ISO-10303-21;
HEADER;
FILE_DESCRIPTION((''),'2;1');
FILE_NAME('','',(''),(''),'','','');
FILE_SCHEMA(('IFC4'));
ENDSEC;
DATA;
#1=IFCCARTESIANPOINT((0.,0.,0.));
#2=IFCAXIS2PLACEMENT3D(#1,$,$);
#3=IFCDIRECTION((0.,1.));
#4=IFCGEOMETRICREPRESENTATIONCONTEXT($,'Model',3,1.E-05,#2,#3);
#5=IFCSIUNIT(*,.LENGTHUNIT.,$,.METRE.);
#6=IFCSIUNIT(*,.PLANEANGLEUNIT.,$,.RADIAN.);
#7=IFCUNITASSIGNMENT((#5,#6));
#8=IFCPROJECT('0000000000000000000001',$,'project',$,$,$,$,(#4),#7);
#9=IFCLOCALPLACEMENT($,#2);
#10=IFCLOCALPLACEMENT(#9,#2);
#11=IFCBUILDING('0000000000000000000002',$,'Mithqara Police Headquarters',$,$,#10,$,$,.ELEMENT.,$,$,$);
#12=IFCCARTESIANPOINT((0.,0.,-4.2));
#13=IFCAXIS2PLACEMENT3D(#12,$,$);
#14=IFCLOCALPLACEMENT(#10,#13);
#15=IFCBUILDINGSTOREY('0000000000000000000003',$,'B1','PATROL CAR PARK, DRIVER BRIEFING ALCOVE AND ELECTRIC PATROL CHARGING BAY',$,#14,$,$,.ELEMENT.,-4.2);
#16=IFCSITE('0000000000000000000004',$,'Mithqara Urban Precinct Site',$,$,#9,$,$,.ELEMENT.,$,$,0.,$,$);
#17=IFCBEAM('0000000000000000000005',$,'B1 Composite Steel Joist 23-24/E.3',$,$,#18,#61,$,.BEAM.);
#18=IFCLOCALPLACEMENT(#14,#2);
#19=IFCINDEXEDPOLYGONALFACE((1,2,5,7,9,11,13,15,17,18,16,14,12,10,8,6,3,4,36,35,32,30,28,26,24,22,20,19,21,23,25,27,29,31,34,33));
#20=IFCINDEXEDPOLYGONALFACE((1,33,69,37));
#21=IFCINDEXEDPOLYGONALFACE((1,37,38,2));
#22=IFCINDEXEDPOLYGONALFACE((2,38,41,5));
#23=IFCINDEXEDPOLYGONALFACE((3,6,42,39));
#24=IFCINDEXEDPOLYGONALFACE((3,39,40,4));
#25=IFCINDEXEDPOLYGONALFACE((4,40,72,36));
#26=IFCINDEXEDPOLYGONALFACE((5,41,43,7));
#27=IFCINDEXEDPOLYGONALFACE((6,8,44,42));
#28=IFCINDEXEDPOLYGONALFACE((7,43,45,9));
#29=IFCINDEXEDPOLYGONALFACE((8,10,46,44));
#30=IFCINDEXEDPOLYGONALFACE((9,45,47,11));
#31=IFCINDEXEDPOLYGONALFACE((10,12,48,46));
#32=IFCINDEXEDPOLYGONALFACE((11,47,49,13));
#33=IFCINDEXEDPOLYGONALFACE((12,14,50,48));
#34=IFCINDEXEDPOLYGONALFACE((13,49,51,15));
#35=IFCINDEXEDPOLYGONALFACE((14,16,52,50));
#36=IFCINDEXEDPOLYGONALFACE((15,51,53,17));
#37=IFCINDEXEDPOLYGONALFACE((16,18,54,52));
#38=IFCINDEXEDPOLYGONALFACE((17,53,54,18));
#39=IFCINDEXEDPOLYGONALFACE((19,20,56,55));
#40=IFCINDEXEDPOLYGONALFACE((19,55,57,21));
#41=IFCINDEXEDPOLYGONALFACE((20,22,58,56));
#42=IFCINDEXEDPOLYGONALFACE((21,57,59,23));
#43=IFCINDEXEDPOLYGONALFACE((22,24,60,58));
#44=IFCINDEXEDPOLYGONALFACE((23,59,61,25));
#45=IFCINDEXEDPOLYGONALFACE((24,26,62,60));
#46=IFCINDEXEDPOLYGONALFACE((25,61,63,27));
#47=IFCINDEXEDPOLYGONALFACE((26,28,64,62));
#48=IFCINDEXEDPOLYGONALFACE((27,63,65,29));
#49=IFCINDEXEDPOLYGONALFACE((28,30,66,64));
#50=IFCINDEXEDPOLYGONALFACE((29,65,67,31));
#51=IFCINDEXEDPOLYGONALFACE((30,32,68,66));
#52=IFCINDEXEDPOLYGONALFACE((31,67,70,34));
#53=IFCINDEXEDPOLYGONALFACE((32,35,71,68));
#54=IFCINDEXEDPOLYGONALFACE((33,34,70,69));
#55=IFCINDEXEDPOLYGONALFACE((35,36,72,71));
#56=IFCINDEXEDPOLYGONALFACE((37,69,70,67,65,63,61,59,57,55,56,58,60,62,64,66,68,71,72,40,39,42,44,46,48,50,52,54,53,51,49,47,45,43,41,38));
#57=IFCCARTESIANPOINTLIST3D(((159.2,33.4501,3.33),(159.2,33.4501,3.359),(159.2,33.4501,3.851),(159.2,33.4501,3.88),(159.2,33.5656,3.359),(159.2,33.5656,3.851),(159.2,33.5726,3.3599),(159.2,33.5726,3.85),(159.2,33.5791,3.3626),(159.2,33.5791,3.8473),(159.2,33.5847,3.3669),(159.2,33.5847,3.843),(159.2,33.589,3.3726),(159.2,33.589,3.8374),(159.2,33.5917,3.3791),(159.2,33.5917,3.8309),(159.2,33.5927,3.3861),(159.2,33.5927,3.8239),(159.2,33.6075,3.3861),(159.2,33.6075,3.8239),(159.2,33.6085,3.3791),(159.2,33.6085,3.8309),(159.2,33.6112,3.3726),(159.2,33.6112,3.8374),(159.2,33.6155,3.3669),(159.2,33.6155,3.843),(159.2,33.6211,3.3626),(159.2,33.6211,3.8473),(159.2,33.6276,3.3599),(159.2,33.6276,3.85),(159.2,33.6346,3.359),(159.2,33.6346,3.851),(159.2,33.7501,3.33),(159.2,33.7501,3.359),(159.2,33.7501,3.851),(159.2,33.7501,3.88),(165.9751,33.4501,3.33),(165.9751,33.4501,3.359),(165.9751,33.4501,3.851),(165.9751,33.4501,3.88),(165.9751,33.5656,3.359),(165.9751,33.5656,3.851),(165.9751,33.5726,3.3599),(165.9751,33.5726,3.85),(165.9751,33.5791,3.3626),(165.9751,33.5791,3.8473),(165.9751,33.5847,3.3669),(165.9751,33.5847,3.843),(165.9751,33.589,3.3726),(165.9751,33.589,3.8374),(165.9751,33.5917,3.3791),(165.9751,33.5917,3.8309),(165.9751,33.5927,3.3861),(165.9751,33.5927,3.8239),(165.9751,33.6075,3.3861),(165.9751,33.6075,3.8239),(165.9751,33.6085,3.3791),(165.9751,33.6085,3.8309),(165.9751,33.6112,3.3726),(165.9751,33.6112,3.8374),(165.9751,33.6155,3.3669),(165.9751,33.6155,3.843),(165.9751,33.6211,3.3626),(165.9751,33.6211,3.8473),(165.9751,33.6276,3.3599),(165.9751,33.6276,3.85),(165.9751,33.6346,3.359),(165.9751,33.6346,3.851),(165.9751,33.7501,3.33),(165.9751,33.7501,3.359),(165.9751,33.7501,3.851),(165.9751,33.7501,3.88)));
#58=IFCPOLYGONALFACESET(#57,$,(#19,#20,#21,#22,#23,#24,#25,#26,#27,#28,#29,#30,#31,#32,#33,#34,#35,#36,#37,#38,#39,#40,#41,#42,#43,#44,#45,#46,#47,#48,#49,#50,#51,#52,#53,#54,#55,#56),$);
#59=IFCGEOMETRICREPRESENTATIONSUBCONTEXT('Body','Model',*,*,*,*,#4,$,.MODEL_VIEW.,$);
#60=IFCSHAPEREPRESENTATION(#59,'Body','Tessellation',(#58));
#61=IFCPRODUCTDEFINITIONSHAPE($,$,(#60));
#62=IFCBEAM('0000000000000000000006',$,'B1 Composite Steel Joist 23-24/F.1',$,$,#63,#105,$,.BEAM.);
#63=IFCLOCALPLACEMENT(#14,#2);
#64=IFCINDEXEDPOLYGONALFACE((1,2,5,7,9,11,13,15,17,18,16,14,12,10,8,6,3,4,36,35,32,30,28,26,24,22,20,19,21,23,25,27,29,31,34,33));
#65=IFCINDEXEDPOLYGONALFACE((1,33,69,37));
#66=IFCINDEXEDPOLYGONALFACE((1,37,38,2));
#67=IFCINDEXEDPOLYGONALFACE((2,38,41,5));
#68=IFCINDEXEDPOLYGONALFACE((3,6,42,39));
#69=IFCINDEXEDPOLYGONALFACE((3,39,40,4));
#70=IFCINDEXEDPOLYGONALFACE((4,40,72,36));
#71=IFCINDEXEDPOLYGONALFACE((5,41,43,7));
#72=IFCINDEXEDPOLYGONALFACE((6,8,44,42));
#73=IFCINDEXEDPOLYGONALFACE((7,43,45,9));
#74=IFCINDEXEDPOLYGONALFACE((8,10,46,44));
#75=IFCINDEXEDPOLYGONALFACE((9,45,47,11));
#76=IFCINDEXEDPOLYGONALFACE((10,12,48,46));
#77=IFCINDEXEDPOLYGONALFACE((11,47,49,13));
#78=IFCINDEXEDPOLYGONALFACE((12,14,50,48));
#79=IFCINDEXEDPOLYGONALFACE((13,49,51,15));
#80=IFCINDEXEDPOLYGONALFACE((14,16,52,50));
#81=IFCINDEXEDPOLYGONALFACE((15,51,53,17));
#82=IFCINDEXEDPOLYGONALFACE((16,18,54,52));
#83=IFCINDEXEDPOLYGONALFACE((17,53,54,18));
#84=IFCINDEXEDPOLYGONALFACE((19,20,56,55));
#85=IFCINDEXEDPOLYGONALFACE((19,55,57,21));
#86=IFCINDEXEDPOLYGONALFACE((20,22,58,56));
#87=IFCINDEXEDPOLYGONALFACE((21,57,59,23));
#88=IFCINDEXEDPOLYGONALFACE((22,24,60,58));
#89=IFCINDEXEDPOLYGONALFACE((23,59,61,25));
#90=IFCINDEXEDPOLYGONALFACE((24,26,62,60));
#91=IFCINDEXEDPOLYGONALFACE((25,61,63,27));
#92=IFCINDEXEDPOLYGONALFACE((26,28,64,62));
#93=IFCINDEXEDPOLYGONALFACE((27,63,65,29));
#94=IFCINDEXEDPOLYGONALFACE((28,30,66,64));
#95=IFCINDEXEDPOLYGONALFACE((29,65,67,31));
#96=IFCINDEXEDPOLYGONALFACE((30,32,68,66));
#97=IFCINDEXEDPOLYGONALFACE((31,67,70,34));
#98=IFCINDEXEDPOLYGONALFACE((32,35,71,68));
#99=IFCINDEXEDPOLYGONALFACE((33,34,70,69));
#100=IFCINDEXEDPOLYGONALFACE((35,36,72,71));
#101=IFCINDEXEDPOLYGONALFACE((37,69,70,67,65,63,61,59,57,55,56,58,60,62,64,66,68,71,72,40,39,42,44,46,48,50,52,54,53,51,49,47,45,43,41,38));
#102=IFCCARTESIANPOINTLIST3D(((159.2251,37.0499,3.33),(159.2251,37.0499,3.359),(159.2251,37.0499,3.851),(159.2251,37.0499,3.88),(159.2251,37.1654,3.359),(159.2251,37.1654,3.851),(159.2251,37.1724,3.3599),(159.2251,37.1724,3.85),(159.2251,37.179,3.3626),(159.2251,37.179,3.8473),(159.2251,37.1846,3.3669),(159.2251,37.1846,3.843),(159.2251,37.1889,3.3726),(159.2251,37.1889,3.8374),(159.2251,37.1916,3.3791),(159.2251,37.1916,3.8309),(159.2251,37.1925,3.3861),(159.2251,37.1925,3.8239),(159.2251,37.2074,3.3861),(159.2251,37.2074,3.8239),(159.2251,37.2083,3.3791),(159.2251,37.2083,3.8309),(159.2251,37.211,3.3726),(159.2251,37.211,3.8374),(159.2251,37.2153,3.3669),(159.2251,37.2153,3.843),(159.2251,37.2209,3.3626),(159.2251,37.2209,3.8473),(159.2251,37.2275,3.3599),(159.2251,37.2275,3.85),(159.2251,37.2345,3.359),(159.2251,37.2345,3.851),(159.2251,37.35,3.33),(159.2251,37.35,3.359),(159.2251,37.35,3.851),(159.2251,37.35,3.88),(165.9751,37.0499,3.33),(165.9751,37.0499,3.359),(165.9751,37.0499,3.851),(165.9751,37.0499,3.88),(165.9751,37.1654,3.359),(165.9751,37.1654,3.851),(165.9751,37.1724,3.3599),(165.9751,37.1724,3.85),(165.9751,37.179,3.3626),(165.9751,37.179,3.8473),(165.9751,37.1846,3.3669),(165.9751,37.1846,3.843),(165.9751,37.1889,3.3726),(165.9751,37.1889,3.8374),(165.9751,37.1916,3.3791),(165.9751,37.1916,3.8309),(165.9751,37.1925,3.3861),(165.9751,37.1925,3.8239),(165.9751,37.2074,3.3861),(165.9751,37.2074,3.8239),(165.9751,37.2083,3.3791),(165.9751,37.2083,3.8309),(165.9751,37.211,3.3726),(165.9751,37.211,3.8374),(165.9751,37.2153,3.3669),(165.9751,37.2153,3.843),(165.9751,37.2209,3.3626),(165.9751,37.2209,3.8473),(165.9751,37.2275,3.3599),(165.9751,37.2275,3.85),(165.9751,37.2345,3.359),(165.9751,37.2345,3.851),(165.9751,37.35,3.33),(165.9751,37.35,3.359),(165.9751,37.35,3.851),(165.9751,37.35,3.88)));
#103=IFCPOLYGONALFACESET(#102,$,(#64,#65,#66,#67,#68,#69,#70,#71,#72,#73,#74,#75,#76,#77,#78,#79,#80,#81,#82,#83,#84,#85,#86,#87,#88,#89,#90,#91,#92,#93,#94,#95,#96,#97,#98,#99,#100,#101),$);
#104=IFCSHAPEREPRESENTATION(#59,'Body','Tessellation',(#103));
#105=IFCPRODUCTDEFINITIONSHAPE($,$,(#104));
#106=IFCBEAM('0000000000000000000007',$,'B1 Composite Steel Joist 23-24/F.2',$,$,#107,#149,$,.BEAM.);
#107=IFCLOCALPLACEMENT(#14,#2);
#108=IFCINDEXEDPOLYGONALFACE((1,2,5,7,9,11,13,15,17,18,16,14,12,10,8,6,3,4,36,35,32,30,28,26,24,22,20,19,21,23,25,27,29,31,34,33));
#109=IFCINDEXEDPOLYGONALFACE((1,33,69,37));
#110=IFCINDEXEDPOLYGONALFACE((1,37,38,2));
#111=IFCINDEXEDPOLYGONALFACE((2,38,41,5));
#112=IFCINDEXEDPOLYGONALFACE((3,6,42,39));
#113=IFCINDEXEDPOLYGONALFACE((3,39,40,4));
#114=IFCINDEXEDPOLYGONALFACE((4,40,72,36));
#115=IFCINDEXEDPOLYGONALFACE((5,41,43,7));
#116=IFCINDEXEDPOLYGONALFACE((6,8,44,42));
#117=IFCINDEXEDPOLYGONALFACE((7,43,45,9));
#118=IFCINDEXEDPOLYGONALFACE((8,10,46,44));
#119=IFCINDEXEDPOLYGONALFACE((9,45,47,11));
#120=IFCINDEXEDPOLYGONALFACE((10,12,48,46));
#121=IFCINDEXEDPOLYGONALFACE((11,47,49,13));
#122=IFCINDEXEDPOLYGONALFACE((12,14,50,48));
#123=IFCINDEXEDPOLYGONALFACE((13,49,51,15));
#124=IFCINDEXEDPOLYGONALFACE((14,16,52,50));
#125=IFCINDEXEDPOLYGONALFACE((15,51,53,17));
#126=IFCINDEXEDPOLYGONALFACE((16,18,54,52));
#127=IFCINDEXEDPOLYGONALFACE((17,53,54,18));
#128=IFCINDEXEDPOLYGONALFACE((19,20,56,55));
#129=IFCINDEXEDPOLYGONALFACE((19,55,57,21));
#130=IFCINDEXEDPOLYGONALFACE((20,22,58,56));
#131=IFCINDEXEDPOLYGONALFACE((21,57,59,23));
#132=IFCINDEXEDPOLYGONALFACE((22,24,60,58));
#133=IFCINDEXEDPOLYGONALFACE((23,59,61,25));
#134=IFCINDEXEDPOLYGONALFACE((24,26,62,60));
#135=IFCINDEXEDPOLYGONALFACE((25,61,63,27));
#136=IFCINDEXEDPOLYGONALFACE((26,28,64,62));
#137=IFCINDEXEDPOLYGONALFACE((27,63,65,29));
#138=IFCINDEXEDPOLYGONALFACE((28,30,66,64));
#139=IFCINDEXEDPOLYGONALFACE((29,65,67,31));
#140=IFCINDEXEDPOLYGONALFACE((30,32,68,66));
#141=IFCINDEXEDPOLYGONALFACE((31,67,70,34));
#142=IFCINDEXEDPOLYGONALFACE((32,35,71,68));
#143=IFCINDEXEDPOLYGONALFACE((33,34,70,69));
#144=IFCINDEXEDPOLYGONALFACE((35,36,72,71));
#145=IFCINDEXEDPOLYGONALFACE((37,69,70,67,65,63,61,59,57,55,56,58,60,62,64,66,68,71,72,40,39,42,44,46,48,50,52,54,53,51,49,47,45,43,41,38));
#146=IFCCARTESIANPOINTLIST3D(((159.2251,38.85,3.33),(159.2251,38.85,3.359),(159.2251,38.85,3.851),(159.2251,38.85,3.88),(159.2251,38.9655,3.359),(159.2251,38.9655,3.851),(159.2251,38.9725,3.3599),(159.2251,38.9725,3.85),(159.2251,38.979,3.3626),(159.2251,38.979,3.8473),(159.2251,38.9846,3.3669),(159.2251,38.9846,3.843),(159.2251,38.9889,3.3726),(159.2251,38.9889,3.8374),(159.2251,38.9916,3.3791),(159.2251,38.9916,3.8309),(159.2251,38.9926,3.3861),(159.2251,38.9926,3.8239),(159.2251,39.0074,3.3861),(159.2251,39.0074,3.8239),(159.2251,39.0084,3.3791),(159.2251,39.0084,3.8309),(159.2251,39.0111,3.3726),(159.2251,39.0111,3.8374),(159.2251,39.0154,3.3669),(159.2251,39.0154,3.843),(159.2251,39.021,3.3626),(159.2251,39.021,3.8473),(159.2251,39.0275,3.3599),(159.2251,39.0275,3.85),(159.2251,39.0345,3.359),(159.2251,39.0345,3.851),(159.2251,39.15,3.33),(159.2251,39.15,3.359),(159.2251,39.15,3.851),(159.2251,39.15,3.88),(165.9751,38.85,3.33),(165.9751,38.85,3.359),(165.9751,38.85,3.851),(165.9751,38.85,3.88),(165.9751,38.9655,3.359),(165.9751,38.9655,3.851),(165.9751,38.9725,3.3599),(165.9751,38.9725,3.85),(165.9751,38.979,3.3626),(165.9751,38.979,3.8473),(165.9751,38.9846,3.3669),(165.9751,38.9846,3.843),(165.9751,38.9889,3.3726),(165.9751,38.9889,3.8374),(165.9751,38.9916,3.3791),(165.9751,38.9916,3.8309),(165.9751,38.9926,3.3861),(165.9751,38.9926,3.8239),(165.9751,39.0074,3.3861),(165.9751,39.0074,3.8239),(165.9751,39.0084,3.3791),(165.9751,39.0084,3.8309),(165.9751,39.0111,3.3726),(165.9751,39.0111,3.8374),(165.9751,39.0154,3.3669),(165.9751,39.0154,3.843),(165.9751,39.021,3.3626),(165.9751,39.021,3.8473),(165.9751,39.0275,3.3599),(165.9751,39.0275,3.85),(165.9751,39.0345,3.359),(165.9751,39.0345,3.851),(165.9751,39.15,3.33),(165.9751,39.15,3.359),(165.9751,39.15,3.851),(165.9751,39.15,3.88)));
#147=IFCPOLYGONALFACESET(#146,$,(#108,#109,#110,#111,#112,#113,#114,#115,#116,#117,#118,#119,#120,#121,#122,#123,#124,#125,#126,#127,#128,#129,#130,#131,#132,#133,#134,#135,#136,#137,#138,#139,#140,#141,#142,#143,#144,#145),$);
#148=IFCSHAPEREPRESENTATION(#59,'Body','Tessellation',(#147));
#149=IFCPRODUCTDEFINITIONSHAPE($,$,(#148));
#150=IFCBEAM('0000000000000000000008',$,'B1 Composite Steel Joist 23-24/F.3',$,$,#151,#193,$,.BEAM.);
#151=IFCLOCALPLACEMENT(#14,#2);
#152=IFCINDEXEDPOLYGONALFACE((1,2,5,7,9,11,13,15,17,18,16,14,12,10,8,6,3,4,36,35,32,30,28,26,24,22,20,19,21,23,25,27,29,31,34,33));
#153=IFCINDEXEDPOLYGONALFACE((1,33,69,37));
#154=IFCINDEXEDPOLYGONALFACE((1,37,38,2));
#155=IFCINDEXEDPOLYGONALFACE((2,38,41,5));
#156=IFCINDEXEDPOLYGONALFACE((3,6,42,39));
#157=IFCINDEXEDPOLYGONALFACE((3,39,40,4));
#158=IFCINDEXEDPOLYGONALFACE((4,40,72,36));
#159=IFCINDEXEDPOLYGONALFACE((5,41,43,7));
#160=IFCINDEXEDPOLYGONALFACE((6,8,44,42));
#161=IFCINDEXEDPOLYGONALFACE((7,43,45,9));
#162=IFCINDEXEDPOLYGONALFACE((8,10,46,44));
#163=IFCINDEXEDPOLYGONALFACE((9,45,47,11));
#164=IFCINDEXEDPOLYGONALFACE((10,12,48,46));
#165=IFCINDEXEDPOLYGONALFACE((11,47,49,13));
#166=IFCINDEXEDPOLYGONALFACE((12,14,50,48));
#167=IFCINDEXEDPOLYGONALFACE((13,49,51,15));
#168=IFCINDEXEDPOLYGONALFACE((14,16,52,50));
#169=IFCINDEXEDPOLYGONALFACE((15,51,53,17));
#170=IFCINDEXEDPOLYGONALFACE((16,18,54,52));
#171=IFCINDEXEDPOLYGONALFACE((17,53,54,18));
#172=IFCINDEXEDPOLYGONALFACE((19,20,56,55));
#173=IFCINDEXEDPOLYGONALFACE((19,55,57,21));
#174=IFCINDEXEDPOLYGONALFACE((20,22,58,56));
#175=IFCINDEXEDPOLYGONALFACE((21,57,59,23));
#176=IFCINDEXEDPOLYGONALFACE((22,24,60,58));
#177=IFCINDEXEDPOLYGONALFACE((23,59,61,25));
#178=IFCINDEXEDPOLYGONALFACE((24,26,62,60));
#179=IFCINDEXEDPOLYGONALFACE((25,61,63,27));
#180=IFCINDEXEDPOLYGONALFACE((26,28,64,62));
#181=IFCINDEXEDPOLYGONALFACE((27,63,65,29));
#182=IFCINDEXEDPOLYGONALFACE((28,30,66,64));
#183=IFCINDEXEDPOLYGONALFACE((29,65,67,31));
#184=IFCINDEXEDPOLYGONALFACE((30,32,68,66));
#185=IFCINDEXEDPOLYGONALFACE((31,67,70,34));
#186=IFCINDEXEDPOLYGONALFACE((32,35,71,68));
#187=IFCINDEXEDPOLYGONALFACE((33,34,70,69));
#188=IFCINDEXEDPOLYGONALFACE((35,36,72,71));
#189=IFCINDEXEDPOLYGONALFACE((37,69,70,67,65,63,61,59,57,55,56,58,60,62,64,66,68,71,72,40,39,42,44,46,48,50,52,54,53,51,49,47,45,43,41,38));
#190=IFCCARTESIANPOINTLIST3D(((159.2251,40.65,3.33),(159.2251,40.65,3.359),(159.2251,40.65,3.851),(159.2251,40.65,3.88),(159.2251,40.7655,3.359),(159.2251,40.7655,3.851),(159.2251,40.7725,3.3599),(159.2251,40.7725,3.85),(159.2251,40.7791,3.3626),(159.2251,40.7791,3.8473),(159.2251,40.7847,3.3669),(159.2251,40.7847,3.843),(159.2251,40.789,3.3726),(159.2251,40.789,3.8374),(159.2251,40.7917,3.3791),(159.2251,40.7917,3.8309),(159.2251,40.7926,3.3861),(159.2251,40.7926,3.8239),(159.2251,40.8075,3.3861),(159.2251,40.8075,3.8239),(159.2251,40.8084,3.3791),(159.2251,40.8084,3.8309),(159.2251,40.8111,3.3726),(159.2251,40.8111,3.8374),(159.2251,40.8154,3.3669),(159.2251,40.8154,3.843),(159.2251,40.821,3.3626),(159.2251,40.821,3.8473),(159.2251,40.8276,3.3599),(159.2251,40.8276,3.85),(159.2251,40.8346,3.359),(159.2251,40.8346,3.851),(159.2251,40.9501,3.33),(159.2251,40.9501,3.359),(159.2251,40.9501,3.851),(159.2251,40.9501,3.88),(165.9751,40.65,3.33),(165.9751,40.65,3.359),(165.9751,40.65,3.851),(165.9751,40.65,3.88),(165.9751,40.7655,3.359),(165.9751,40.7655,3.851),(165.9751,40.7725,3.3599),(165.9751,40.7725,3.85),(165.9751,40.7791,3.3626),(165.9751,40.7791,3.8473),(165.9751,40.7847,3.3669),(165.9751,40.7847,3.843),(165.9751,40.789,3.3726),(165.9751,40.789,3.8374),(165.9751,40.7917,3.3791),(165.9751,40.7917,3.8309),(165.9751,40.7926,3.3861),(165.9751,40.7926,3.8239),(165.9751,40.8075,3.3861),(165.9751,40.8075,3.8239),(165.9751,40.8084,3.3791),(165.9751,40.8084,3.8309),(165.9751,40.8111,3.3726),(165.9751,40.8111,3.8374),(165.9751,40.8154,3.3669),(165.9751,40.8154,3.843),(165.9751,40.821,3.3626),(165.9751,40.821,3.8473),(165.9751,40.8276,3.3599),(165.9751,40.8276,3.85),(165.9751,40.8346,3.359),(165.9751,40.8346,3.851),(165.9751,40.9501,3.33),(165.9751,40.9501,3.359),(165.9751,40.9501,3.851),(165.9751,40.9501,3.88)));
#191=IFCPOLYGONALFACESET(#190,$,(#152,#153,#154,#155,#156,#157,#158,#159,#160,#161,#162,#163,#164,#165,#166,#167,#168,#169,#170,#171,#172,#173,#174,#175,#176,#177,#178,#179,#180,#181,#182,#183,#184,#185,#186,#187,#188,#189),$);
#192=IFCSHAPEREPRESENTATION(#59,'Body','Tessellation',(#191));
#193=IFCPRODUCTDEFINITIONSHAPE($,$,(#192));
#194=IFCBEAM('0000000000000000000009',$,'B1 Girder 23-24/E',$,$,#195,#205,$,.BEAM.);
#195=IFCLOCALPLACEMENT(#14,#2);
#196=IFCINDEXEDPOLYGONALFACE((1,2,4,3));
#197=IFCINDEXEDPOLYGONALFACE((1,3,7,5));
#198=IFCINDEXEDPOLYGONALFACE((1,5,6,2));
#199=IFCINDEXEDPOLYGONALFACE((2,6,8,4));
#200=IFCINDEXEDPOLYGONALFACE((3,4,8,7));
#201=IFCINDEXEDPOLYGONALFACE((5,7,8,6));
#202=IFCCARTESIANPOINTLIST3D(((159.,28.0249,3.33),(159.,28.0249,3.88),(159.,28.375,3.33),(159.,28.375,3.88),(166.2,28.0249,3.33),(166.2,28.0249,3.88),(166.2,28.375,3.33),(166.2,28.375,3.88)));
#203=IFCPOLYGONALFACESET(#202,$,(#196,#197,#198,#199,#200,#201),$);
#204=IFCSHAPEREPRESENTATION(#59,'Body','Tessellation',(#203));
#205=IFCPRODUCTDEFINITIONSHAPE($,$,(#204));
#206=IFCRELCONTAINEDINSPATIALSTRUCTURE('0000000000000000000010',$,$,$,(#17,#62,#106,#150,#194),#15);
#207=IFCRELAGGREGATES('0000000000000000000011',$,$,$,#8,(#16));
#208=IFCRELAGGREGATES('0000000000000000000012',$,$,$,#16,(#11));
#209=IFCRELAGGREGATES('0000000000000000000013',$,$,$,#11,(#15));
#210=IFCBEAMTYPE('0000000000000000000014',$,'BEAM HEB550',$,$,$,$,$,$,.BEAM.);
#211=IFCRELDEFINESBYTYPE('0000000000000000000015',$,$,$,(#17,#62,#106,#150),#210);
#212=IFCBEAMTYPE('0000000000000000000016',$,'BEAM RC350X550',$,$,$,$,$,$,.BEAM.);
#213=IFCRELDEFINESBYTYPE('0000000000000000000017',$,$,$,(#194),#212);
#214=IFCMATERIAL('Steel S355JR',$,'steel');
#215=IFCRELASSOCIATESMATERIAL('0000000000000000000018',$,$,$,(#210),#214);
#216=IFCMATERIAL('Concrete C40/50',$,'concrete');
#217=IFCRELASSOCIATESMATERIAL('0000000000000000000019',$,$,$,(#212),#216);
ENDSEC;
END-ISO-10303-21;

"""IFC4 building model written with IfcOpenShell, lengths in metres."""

from ifc_helpers import new_model, si_unit, direction, frame, origin, origin_2d, place, context, subcontext, project, spatial, rectangle, i_section, extrude, material, material_profile, profile_set, type_object, element, save


model = new_model("IFC4")

# Units and contexts
model_context = context("Model", 3, precision=1e-05, world=origin(), true_north=direction((0.0, 1.0)))
body_context = subcontext(model_context, "Body", "Model", "MODEL_VIEW")
ifc_project = project(units=[si_unit("LENGTHUNIT", "METRE"), si_unit("PLANEANGLEUNIT", "RADIAN")], contexts=[model_context])

# Site, building, storey
site_placement = place(None, origin())
site = spatial("IfcSite", under=ifc_project, at=site_placement, Name="Mithqara Urban Precinct Site", CompositionType="ELEMENT", RefElevation=0.0)
building_placement = place(site_placement, origin())
building = spatial("IfcBuilding", under=site, at=building_placement, Name="Mithqara Police Headquarters", CompositionType="ELEMENT")
storey_placement = place(building_placement, frame((0.0, 0.0, -4.2)))
storey = spatial("IfcBuildingStorey", under=building, at=storey_placement, Name="B1", Description="PATROL CAR PARK, DRIVER BRIEFING ALCOVE AND ELECTRIC PATROL CHARGING BAY", CompositionType="ELEMENT", Elevation=-4.2)

# Shared definitions
ifc_material_1 = material(Name="Concrete C40/50", Category="concrete")

# Beams
ifc_material_2 = material(Name="Steel S355JR", Category="steel")
ifc_material_profile_1 = material_profile(ifc_material_2, i_section(OverallWidth=0.3, OverallDepth=0.55, WebThickness=0.0149, FlangeThickness=0.0291, FilletRadius=0.0271, at=origin_2d()), Name="HEB 550")
ifc_profile_set_1 = profile_set([ifc_material_profile_1], Name="Steel S355JR")
beam_type_1 = type_object("IfcBeamType", Name="BEAM HEB550", PredefinedType="BEAM", material=ifc_profile_set_1)
for number, where, z_axis, x_axis, name in (
    (1, (159.2, 33.6001, 3.605), (1.0, 0.0, 0.0), (0.0, 1.0, 0.0), "B1 Composite Steel Joist 23-24/E.3"),
):
    element("IfcBeam", number, at=place(storey_placement, frame(where, z_axis=z_axis, x_axis=x_axis)), inside=storey, type_object=beam_type_1, Name=name, PredefinedType="BEAM", context=body_context, shape_type="SweptSolid", body=[
        extrude(i_section(OverallWidth=0.3, OverallDepth=0.55, WebThickness=0.0149, FlangeThickness=0.0291, FilletRadius=0.0271, at=origin_2d()), origin(), (0.0, 0.0, 1.0), 6.7751),
    ])
for number, where, z_axis, x_axis, name in (
    (2, (159.2251, 37.2, 3.605), (1.0, 0.0, 0.0), (0.0, 1.0, 0.0), "B1 Composite Steel Joist 23-24/F.1"),
    (3, (159.2251, 39.0, 3.605), (1.0, 0.0, 0.0), (0.0, 1.0, 0.0), "B1 Composite Steel Joist 23-24/F.2"),
    (4, (159.2251, 40.8, 3.605), (1.0, 0.0, 0.0), (0.0, 1.0, 0.0), "B1 Composite Steel Joist 23-24/F.3"),
):
    element("IfcBeam", number, at=place(storey_placement, frame(where, z_axis=z_axis, x_axis=x_axis)), inside=storey, type_object=beam_type_1, Name=name, PredefinedType="BEAM", context=body_context, shape_type="SweptSolid", body=[
        extrude(i_section(OverallWidth=0.3, OverallDepth=0.55, WebThickness=0.0149, FlangeThickness=0.0291, FilletRadius=0.0271, at=origin_2d()), origin(), (0.0, 0.0, 1.0), 6.75),
    ])
ifc_material_profile_2 = material_profile(ifc_material_1, rectangle(XDim=0.3501, YDim=0.55, at=origin_2d()), Name="RC 350x550")
ifc_profile_set_2 = profile_set([ifc_material_profile_2], Name="Concrete C40/50")
beam_type_2 = type_object("IfcBeamType", Name="BEAM RC350X550", PredefinedType="BEAM", material=ifc_profile_set_2)
beam_1_placement = place(storey_placement, frame((159.0, 28.2, 3.605), z_axis=(1.0, 0.0, 0.0), x_axis=(0.0, 1.0, 0.0)))
element("IfcBeam", 5, at=beam_1_placement, inside=storey, type_object=beam_type_2, Name="B1 Girder 23-24/E", PredefinedType="BEAM", context=body_context, shape_type="SweptSolid", body=[
    extrude(rectangle(XDim=0.3501, YDim=0.55, at=origin_2d()), origin(), (0.0, 0.0, 1.0), 7.2),
])

save(model, "model.ifc")
